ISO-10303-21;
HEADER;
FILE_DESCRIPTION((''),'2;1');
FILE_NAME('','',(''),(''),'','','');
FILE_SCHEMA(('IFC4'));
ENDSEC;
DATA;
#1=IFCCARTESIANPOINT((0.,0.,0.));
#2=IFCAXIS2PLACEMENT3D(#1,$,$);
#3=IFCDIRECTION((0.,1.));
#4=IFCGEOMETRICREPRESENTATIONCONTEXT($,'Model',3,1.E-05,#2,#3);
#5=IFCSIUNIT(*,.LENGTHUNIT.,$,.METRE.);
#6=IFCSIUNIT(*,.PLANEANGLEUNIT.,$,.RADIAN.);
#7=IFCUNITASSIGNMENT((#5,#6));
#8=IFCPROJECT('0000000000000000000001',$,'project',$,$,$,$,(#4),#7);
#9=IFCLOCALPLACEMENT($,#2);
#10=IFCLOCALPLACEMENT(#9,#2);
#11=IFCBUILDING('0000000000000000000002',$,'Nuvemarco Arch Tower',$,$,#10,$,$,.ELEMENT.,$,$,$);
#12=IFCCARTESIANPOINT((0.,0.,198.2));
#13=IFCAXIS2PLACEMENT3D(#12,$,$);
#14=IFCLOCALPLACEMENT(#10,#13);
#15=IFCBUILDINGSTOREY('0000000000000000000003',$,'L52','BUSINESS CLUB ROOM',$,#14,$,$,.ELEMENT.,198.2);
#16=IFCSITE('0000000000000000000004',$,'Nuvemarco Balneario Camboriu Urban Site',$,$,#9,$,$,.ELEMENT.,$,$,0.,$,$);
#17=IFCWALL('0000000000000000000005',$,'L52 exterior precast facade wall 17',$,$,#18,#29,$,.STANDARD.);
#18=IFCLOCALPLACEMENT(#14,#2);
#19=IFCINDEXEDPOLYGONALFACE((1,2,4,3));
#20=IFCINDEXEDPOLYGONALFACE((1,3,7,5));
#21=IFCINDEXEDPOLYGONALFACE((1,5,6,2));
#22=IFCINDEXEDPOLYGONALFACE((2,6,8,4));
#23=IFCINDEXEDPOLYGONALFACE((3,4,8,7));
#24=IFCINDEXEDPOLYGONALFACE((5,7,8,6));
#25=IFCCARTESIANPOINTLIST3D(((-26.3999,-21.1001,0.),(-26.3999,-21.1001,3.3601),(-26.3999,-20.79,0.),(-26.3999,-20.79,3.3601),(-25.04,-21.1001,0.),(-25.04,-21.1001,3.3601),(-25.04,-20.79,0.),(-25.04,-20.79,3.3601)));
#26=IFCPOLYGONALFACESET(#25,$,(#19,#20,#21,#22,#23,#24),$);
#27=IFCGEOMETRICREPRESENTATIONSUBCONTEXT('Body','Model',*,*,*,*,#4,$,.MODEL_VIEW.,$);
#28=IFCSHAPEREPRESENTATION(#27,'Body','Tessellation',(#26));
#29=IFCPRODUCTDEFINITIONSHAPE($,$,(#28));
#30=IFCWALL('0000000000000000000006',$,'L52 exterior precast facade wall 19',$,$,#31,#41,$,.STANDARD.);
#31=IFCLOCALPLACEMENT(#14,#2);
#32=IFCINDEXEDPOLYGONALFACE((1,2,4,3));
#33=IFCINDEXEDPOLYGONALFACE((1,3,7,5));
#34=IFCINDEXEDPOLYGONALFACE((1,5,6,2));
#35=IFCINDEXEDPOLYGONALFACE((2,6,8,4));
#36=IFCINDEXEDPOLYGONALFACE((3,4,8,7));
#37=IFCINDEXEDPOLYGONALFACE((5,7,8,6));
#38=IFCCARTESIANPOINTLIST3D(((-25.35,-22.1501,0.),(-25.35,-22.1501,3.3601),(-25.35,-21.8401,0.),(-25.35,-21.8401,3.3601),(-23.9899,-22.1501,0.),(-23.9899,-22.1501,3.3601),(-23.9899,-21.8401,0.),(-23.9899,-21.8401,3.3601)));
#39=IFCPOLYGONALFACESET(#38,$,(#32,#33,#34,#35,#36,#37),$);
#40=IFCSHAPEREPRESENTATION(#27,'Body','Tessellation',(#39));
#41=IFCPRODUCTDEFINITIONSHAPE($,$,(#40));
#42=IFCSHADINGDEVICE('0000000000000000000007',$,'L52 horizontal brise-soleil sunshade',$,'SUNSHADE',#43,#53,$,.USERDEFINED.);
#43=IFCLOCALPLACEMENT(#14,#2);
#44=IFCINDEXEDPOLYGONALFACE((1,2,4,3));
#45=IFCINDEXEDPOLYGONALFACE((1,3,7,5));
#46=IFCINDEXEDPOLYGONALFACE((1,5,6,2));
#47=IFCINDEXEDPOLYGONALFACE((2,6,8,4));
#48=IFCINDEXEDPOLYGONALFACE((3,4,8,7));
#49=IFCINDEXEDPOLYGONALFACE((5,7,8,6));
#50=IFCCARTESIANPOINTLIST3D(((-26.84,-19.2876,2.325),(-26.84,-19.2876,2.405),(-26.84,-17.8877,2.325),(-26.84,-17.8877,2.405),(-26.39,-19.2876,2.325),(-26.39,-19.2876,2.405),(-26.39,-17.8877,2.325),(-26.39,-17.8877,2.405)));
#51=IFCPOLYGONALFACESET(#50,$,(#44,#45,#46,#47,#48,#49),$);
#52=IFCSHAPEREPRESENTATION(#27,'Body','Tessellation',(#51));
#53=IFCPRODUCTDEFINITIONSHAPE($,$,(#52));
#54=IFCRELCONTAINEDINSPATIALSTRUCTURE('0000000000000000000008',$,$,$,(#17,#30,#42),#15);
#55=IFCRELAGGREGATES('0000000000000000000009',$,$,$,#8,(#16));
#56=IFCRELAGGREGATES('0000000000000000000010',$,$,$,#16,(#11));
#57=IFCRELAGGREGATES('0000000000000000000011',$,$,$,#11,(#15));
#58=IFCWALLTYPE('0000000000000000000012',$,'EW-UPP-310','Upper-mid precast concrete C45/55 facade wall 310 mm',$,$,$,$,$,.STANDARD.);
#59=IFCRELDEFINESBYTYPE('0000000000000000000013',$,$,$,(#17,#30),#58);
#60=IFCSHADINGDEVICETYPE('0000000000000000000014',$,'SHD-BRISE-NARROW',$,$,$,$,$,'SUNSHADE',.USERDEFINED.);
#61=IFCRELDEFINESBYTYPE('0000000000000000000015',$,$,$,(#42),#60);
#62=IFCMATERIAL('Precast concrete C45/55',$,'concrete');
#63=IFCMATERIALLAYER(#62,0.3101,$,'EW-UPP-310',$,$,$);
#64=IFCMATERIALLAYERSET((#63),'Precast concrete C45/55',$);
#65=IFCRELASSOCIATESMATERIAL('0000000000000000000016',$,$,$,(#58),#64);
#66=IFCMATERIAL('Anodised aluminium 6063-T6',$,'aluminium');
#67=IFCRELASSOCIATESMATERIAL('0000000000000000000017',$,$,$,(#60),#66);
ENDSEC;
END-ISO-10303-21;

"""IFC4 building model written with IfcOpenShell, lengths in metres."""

from ifc_helpers import new_model, si_unit, direction, frame, frame_2d, origin, origin_2d, place, context, subcontext, project, spatial, rectangle, extrude, source, transform, mapped, material, layer, layer_set, type_object, type_shapes, element, save


model = new_model("IFC4")

# Units and contexts
model_context = context("Model", 3, precision=1e-05, world=origin(), true_north=direction((0.0, 1.0)))
body_context = subcontext(model_context, "Body", "Model", "MODEL_VIEW")
ifc_project = project(units=[si_unit("LENGTHUNIT", "METRE"), si_unit("PLANEANGLEUNIT", "RADIAN")], contexts=[model_context])

# Site, building, storey
site_placement = place(None, origin())
site = spatial("IfcSite", under=ifc_project, at=site_placement, Name="Nuvemarco Balneario Camboriu Urban Site", CompositionType="ELEMENT", RefElevation=0.0)
building_placement = place(site_placement, origin())
building = spatial("IfcBuilding", under=site, at=building_placement, Name="Nuvemarco Arch Tower", CompositionType="ELEMENT")
storey_placement = place(building_placement, frame((0.0, 0.0, 198.2)))
storey = spatial("IfcBuildingStorey", under=building, at=storey_placement, Name="L52", Description="BUSINESS CLUB ROOM", CompositionType="ELEMENT", Elevation=198.2)

# Shared definitions
ifc_material_1 = material(Name="Precast concrete C45/55", Category="concrete")
ifc_layer = layer(ifc_material_1, 0.3101, Name="EW-UPP-310")
ifc_layer_set = layer_set([ifc_layer], Name="Precast concrete C45/55")
wall_type = type_object("IfcWallType", Name="EW-UPP-310", Description="Upper-mid precast concrete C45/55 facade wall 310 mm", PredefinedType="STANDARD", material=ifc_layer_set)

# Walls
wall_1_placement = place(storey_placement, frame((-26.3999, -20.9451, 0.0), z_axis=(0.0, 0.0, 1.0), x_axis=(1.0, 0.0, 0.0)))
element("IfcWall", 1, at=wall_1_placement, inside=storey, type_object=wall_type, Name="L52 exterior precast facade wall 17", PredefinedType="STANDARD", context=body_context, shape_type="SweptSolid", body=[
    extrude(rectangle(XDim=1.3599, YDim=0.3101, at=frame_2d((0.6799, 0.0))), origin(), (0.0, 0.0, 1.0), 3.3601),
])
wall_2_placement = place(storey_placement, frame((-25.3501, -21.9951, 0.0), z_axis=(0.0, 0.0, 1.0), x_axis=(1.0, 0.0, 0.0)))
element("IfcWall", 2, at=wall_2_placement, inside=storey, type_object=wall_type, Name="L52 exterior precast facade wall 19", PredefinedType="STANDARD", context=body_context, shape_type="SweptSolid", body=[
    extrude(rectangle(XDim=1.3601, YDim=0.3101, at=frame_2d((0.6802, 0.0))), origin(), (0.0, 0.0, 1.0), 3.3601),
])

# Shading device
ifc_material_2 = material(Name="Anodised aluminium 6063-T6", Category="aluminium")
shading_device_type = type_object("IfcShadingDeviceType", Name="SHD-BRISE-NARROW", ElementType="SUNSHADE", PredefinedType="USERDEFINED", material=ifc_material_2)
shared_shape_1 = source(origin(), body_context, "Body", "SweptSolid", [
    extrude(rectangle(XDim=1.3999, YDim=0.45, at=origin_2d()), origin(), (0.0, 0.0, 1.0), 0.0801),
])
type_shapes(shading_device_type, [shared_shape_1])
shading_device_placement = place(storey_placement, frame((-26.615, -18.5876, 2.325), z_axis=(0.0, 0.0, 1.0), x_axis=(0.0, 1.0, 0.0)))
element("IfcShadingDevice", 3, at=shading_device_placement, inside=storey, type_object=shading_device_type, Name="L52 horizontal brise-soleil sunshade", ObjectType="SUNSHADE", PredefinedType="USERDEFINED", context=body_context, shape_type="MappedRepresentation", body=[
    mapped(shared_shape_1, transform((0.0, 0.0, 0.0), scale=1.0)),
])

save(model, "model.ifc")
